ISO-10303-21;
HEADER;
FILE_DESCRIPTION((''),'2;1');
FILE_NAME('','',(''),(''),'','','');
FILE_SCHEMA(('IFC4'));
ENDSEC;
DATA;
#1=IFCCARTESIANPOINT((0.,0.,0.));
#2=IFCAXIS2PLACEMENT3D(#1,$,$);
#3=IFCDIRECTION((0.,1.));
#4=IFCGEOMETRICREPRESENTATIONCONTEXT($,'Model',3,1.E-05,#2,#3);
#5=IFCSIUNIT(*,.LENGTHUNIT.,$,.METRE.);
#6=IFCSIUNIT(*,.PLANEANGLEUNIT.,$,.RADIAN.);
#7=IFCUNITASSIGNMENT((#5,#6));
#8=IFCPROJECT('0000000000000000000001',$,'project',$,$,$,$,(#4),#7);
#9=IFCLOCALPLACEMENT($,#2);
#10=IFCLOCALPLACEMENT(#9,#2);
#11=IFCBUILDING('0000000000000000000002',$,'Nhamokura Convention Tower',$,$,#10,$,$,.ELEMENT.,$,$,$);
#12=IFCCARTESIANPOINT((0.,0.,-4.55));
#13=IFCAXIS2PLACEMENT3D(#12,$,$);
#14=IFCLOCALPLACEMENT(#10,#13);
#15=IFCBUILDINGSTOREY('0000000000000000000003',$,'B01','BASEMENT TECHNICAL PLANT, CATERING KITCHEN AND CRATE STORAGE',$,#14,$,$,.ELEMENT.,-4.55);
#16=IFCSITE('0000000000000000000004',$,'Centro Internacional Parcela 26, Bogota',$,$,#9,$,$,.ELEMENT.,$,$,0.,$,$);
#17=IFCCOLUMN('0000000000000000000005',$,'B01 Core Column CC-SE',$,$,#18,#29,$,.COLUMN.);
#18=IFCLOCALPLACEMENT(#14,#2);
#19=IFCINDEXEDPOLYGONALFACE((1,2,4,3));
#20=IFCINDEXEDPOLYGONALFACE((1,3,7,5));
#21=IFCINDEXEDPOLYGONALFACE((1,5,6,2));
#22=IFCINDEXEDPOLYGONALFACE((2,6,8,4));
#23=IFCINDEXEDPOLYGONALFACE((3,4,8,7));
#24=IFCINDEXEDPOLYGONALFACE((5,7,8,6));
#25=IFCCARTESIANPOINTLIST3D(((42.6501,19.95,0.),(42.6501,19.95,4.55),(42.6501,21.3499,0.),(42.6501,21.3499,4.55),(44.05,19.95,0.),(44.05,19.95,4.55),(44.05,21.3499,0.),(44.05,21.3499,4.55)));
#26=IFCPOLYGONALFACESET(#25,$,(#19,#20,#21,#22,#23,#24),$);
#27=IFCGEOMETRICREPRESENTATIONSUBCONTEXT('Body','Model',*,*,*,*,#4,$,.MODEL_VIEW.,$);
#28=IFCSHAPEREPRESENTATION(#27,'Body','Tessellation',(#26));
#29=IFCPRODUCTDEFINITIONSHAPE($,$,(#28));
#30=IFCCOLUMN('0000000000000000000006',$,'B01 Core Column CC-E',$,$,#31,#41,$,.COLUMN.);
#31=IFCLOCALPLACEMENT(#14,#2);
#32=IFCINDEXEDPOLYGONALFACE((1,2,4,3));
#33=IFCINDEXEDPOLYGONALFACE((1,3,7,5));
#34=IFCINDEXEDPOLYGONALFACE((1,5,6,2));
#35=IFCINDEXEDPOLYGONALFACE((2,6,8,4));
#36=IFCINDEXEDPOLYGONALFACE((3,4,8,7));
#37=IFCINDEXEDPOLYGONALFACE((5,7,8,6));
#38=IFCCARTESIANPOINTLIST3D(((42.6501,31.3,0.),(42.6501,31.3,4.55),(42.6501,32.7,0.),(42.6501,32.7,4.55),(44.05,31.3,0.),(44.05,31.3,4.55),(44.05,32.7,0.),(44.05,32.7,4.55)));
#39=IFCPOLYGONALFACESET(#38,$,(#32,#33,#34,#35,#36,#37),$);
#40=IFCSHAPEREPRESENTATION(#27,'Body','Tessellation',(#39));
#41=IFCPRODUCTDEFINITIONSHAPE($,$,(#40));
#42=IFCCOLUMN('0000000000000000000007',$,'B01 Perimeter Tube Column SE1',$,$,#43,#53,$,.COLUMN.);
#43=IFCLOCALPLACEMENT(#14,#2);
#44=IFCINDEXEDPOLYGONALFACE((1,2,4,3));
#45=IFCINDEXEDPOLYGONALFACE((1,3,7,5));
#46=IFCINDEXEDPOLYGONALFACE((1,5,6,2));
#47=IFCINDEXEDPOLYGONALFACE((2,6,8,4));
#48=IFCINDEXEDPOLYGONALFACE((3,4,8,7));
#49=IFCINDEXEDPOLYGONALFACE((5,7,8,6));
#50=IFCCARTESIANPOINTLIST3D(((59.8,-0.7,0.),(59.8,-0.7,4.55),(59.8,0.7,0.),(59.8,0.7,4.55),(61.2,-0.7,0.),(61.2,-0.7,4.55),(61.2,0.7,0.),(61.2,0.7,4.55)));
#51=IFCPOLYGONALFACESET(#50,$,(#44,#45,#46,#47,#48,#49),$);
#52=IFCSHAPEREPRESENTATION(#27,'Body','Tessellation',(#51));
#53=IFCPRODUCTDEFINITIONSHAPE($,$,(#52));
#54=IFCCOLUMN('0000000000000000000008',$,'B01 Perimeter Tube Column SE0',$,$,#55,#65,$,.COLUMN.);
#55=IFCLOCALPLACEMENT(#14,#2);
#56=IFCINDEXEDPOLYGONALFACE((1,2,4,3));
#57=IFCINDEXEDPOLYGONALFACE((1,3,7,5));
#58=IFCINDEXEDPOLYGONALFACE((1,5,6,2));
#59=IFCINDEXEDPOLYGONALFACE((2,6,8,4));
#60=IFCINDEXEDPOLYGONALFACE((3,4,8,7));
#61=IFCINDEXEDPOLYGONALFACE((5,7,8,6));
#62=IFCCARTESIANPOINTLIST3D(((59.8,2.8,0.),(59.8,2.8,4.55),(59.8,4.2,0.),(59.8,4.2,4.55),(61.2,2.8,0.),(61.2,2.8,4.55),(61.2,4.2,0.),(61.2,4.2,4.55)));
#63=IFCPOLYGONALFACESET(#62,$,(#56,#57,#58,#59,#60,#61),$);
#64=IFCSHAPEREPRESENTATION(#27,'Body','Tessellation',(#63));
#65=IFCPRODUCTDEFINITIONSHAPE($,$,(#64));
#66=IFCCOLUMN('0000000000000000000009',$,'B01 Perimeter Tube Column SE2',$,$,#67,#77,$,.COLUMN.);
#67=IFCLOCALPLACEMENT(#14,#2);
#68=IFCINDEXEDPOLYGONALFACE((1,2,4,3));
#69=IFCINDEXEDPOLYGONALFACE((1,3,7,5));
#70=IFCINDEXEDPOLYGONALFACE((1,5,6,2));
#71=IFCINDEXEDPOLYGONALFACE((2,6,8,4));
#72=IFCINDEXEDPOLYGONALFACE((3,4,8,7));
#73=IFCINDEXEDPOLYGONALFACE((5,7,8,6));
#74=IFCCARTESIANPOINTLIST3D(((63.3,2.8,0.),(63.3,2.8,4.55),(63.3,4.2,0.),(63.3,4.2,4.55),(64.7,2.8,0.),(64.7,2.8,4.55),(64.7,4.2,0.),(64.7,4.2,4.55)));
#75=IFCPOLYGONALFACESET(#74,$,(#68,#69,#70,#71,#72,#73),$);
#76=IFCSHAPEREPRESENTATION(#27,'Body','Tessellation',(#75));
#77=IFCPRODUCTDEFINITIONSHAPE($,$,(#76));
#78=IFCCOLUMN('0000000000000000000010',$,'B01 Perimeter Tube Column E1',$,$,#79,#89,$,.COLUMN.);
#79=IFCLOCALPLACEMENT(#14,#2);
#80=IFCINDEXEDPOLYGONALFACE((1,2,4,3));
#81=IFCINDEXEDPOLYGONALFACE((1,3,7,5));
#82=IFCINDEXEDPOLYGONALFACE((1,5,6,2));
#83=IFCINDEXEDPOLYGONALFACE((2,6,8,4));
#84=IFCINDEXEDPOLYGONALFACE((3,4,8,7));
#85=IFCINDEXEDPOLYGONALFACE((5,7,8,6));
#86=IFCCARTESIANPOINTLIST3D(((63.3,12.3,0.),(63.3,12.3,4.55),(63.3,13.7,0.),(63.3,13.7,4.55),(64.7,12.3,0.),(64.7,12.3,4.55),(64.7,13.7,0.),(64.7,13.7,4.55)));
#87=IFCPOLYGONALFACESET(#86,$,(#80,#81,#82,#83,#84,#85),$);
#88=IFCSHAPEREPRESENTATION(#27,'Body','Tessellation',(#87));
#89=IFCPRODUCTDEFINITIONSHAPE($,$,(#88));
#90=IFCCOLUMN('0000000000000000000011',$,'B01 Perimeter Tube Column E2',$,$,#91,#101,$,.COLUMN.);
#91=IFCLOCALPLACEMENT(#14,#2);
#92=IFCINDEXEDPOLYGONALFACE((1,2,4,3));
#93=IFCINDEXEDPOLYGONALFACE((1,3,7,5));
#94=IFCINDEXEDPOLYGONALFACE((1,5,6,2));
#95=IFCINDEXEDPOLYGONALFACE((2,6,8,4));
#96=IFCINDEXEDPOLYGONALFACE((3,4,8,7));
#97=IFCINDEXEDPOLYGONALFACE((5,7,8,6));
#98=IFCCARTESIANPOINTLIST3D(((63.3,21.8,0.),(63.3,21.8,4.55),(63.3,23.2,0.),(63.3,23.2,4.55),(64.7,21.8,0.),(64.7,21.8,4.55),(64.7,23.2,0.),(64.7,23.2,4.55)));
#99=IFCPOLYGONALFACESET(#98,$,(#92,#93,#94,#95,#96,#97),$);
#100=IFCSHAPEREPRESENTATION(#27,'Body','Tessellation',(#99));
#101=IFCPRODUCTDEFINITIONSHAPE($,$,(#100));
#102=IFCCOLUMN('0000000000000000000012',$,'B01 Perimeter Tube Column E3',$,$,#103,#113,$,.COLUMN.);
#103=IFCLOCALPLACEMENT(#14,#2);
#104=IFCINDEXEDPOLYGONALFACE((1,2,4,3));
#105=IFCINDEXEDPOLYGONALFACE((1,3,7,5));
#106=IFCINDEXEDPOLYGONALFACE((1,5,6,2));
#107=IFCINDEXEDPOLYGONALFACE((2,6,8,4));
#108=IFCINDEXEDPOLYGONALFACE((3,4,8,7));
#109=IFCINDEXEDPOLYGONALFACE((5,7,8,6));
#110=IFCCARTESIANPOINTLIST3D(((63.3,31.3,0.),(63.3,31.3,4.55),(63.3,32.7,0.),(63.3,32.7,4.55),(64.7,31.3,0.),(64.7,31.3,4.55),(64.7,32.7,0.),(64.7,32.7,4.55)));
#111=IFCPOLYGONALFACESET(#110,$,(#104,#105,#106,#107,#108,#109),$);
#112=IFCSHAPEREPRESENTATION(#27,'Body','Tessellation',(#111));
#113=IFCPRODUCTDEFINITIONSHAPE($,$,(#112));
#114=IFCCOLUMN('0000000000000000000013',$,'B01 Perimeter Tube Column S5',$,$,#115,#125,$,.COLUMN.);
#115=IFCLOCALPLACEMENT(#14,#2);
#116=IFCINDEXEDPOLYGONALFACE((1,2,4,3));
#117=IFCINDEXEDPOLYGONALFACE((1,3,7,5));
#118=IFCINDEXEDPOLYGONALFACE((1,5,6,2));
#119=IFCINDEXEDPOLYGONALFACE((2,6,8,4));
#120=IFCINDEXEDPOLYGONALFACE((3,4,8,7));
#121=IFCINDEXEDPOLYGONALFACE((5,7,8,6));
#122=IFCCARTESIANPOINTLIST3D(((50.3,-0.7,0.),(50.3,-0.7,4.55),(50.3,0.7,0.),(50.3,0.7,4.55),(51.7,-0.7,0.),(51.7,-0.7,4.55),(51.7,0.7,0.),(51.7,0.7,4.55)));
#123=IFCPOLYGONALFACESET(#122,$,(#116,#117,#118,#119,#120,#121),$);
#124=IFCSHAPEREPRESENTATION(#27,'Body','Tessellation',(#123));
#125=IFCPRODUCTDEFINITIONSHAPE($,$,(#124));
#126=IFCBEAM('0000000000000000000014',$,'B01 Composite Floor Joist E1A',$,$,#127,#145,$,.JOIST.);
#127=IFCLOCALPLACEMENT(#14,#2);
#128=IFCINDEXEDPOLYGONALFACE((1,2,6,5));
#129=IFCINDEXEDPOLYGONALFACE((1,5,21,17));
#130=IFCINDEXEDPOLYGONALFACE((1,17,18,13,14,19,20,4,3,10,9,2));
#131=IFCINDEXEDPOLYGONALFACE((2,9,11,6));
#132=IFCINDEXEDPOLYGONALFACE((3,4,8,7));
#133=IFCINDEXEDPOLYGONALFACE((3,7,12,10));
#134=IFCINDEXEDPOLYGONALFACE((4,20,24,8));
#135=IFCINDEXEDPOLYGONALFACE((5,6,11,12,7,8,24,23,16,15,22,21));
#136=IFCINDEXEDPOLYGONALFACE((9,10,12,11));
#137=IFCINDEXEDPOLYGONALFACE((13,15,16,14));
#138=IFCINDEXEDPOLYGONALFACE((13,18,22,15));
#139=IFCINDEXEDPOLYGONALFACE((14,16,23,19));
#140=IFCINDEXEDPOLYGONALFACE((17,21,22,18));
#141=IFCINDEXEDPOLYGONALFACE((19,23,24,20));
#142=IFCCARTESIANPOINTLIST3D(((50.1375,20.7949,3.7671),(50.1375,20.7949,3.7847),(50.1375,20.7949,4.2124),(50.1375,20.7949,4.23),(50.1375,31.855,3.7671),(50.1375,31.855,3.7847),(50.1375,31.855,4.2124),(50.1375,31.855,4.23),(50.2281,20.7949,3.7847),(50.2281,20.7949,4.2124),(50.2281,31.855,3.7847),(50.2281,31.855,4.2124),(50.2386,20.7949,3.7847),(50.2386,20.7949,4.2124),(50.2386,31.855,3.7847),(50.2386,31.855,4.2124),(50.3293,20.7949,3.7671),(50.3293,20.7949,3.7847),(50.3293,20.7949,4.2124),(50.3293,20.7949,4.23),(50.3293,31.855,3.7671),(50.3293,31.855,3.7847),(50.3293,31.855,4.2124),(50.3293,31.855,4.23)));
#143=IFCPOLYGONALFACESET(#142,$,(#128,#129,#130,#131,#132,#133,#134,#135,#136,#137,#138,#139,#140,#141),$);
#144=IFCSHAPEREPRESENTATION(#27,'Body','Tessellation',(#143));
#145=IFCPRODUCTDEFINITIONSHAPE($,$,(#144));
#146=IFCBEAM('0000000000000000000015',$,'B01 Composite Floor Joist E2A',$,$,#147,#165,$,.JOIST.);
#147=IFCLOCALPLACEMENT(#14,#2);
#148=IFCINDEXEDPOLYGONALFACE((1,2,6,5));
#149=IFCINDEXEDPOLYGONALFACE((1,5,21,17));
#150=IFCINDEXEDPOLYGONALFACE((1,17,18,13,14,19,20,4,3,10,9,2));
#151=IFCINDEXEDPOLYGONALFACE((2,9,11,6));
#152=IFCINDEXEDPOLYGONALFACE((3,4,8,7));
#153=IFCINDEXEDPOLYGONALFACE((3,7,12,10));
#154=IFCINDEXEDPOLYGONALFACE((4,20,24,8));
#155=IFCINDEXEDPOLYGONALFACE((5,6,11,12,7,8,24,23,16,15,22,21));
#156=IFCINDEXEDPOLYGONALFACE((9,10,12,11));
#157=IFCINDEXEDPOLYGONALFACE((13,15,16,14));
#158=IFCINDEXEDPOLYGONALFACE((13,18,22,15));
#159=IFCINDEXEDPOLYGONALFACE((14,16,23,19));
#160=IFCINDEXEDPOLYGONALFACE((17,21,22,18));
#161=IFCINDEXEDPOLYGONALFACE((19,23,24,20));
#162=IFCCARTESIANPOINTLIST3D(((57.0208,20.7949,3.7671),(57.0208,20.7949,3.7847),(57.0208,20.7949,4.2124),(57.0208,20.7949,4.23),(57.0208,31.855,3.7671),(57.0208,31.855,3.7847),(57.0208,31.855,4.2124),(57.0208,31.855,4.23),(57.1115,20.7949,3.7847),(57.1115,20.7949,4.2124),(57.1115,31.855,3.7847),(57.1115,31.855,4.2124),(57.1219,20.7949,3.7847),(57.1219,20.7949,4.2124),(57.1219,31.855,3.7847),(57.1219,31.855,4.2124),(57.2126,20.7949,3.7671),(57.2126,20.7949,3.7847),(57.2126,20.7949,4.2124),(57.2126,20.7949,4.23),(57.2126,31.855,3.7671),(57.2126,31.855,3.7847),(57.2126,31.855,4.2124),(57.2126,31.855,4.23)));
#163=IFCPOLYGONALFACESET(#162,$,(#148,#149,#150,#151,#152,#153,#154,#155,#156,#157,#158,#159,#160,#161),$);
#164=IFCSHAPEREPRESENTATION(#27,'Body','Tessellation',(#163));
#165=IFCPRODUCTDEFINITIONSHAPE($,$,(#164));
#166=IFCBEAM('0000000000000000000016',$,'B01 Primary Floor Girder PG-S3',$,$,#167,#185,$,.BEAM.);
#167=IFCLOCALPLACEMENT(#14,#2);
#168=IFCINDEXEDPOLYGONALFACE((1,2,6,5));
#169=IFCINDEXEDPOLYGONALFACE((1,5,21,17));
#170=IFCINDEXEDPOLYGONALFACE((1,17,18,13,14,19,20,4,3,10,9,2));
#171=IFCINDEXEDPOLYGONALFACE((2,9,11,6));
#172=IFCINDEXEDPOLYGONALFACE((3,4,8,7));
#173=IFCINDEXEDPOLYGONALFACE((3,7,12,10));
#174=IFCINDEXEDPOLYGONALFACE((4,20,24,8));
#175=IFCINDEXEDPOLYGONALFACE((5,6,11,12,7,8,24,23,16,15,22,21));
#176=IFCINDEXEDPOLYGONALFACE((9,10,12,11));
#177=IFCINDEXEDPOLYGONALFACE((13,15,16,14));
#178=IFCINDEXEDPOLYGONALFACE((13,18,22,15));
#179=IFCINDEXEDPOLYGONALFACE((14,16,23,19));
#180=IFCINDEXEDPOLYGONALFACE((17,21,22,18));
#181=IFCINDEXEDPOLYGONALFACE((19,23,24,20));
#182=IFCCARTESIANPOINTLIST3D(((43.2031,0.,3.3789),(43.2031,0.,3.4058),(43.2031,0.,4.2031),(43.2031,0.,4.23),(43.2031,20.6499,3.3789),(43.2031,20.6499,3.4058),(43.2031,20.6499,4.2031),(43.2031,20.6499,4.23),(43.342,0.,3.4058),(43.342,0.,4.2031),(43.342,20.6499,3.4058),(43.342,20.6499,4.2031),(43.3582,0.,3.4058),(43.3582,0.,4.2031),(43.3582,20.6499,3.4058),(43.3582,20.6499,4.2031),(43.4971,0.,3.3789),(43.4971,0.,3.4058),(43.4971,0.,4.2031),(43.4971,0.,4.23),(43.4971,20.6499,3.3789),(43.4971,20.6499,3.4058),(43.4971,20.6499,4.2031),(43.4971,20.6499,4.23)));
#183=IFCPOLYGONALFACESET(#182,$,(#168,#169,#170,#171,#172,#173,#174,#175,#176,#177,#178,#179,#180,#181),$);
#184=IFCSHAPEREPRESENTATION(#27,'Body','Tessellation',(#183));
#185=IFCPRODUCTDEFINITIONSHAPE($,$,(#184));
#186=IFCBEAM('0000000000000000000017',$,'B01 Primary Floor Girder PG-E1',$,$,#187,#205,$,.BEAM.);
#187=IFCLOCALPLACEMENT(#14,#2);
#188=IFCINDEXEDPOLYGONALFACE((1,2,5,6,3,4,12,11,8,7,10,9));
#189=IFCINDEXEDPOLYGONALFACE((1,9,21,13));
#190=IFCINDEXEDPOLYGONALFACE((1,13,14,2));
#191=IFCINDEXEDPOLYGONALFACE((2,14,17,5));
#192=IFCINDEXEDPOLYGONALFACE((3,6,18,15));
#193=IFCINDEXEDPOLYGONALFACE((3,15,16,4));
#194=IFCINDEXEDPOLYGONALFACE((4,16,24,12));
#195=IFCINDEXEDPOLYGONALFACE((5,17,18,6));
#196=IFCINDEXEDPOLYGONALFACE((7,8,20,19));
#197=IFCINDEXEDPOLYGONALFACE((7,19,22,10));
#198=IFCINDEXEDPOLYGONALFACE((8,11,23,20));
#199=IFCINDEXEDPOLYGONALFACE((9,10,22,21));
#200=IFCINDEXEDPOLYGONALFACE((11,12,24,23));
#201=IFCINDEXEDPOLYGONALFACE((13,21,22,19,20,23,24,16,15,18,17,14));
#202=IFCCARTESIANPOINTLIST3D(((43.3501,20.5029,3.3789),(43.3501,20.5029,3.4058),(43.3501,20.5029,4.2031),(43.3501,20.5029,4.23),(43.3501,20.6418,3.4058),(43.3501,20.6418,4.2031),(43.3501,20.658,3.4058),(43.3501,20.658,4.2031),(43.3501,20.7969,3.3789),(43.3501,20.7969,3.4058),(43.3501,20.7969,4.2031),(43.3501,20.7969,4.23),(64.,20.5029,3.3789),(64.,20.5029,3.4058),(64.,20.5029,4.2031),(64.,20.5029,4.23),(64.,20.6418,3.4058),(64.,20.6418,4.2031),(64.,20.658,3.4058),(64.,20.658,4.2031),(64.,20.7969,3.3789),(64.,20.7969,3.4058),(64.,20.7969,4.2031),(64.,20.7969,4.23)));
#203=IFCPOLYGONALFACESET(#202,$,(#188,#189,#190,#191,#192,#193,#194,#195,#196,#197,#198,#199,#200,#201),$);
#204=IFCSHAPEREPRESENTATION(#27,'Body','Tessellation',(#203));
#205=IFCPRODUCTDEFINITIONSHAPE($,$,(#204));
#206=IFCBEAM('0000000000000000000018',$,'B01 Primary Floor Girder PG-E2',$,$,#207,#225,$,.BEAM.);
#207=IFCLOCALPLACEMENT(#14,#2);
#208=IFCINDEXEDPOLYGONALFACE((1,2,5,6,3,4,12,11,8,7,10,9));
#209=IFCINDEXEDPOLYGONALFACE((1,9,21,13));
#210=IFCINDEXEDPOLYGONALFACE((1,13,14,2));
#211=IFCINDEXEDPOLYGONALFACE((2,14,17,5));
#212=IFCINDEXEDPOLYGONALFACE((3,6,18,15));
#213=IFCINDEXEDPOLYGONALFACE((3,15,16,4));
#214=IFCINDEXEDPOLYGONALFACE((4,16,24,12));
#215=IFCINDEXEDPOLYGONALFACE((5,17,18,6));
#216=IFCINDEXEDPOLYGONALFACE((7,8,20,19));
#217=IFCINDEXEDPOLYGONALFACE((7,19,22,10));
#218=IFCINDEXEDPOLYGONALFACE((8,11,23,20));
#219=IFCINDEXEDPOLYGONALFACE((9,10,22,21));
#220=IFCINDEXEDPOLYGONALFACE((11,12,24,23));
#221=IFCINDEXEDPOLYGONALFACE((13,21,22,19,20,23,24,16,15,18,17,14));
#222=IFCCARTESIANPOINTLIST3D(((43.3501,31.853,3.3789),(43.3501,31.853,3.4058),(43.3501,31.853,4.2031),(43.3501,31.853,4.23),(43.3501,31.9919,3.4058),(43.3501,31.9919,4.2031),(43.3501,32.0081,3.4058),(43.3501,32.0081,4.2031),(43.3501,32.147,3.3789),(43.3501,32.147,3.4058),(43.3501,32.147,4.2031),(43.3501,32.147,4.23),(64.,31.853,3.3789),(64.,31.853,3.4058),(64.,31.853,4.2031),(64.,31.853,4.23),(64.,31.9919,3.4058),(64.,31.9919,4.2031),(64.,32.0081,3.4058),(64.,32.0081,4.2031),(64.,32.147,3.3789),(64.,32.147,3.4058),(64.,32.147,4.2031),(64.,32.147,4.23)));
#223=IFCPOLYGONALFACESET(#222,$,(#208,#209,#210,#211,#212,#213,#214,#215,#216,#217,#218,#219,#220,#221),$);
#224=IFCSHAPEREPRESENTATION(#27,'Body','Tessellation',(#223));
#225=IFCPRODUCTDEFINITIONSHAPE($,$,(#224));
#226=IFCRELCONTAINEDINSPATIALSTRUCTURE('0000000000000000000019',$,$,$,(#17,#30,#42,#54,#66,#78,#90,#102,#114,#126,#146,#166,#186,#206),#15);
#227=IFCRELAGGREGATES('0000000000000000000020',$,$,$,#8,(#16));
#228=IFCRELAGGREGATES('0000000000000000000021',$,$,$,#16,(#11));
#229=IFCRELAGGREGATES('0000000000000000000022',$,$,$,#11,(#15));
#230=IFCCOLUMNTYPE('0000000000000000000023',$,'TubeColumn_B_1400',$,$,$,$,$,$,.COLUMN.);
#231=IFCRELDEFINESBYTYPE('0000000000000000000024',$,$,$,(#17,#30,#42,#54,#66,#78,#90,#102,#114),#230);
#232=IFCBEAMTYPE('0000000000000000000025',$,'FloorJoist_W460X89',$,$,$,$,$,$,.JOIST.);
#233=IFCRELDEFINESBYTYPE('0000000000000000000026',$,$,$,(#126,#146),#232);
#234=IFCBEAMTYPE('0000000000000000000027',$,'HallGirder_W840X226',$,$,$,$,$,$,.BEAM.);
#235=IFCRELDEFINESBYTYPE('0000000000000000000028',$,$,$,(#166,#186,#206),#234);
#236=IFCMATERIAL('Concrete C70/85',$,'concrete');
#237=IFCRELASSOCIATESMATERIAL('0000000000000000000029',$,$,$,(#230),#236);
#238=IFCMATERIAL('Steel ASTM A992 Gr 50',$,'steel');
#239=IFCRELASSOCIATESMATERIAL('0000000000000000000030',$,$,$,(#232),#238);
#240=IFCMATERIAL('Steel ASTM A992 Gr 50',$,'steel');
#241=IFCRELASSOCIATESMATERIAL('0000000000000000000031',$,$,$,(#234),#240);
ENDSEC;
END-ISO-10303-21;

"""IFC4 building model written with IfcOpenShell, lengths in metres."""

from ifc_helpers import new_model, si_unit, direction, frame, origin, origin_2d, place, context, subcontext, project, spatial, rectangle, i_section, extrude, material, material_profile, profile_set, type_object, element, save


model = new_model("IFC4")

# Units and contexts
model_context = context("Model", 3, precision=1e-05, world=origin(), true_north=direction((0.0, 1.0)))
body_context = subcontext(model_context, "Body", "Model", "MODEL_VIEW")
ifc_project = project(units=[si_unit("LENGTHUNIT", "METRE"), si_unit("PLANEANGLEUNIT", "RADIAN")], contexts=[model_context])

# Site, building, storey
site_placement = place(None, origin())
site = spatial("IfcSite", under=ifc_project, at=site_placement, Name="Centro Internacional Parcela 26, Bogota", CompositionType="ELEMENT", RefElevation=0.0)
building_placement = place(site_placement, origin())
building = spatial("IfcBuilding", under=site, at=building_placement, Name="Nhamokura Convention Tower", CompositionType="ELEMENT")
storey_placement = place(building_placement, frame((0.0, 0.0, -4.55)))
storey = spatial("IfcBuildingStorey", under=building, at=storey_placement, Name="B01", Description="BASEMENT TECHNICAL PLANT, CATERING KITCHEN AND CRATE STORAGE", CompositionType="ELEMENT", Elevation=-4.55)

# Columns
ifc_material_1 = material(Name="Concrete C70/85", Category="concrete")
ifc_material_profile_1 = material_profile(ifc_material_1, rectangle(XDim=1.3999, YDim=1.3999, at=origin_2d()))
ifc_profile_set_1 = profile_set([ifc_material_profile_1], Name="Concrete C70/85")
column_type = type_object("IfcColumnType", Name="TubeColumn_B_1400", PredefinedType="COLUMN", material=ifc_profile_set_1)
for number, where, z_axis, x_axis, name in (
    (1, (43.3501, 20.6499, 0.0), (0.0, 0.0, 1.0), (1.0, 0.0, 0.0), "B01 Core Column CC-SE"),
    (2, (43.3501, 32.0, 0.0), (0.0, 0.0, 1.0), (1.0, 0.0, 0.0), "B01 Core Column CC-E"),
    (3, (60.5, 0.0, 0.0), (0.0, 0.0, 1.0), (1.0, 0.0, 0.0), "B01 Perimeter Tube Column SE1"),
    (4, (60.5, 3.5, 0.0), (0.0, 0.0, 1.0), (1.0, 0.0, 0.0), "B01 Perimeter Tube Column SE0"),
    (5, (64.0, 3.5, 0.0), (0.0, 0.0, 1.0), (1.0, 0.0, 0.0), "B01 Perimeter Tube Column SE2"),
    (6, (64.0, 13.0, 0.0), (0.0, 0.0, 1.0), (1.0, 0.0, 0.0), "B01 Perimeter Tube Column E1"),
    (7, (64.0, 22.5, 0.0), (0.0, 0.0, 1.0), (1.0, 0.0, 0.0), "B01 Perimeter Tube Column E2"),
    (8, (64.0, 32.0, 0.0), (0.0, 0.0, 1.0), (1.0, 0.0, 0.0), "B01 Perimeter Tube Column E3"),
    (9, (51.0, 0.0, 0.0), (0.0, 0.0, 1.0), (1.0, 0.0, 0.0), "B01 Perimeter Tube Column S5"),
):
    element("IfcColumn", number, at=place(storey_placement, frame(where, z_axis=z_axis, x_axis=x_axis)), inside=storey, type_object=column_type, Name=name, PredefinedType="COLUMN", context=body_context, shape_type="SweptSolid", body=[
        extrude(rectangle(XDim=1.3999, YDim=1.3999, at=origin_2d()), origin(), (0.0, 0.0, 1.0), 4.55),
    ])

# Beams
ifc_material_2 = material(Name="Steel ASTM A992 Gr 50", Category="steel")
ifc_material_profile_2 = material_profile(ifc_material_2, i_section(OverallWidth=0.1919, OverallDepth=0.4629, WebThickness=0.0105, FlangeThickness=0.0176, at=origin_2d()))
ifc_profile_set_2 = profile_set([ifc_material_profile_2], Name="Steel ASTM A992 Gr 50")
beam_type_1 = type_object("IfcBeamType", Name="FloorJoist_W460X89", PredefinedType="JOIST", material=ifc_profile_set_2)
for number, where, z_axis, x_axis, name in (
    (10, (50.2334, 20.7949, 3.9985), (0.0, 1.0, 0.0), (-1.0, 0.0, 0.0), "B01 Composite Floor Joist E1A"),
    (11, (57.1167, 20.7949, 3.9985), (0.0, 1.0, 0.0), (-1.0, 0.0, 0.0), "B01 Composite Floor Joist E2A"),
):
    element("IfcBeam", number, at=place(storey_placement, frame(where, z_axis=z_axis, x_axis=x_axis)), inside=storey, type_object=beam_type_1, Name=name, PredefinedType="JOIST", context=body_context, shape_type="SweptSolid", body=[
        extrude(i_section(OverallWidth=0.1919, OverallDepth=0.4629, WebThickness=0.0105, FlangeThickness=0.0176, at=origin_2d()), origin(), (0.0, 0.0, 1.0), 11.0601),
    ])
ifc_material_3 = material(Name="Steel ASTM A992 Gr 50", Category="steel")
ifc_material_profile_3 = material_profile(ifc_material_3, i_section(OverallWidth=0.2939, OverallDepth=0.8511, WebThickness=0.0161, FlangeThickness=0.0269, at=origin_2d()))
ifc_profile_set_3 = profile_set([ifc_material_profile_3], Name="Steel ASTM A992 Gr 50")
beam_type_2 = type_object("IfcBeamType", Name="HallGirder_W840X226", PredefinedType="BEAM", material=ifc_profile_set_3)
for number, where, z_axis, x_axis, name in (
    (12, (43.3501, 0.0, 3.8044), (0.0, 1.0, 0.0), (-1.0, 0.0, 0.0), "B01 Primary Floor Girder PG-S3"),
    (13, (43.3501, 20.6499, 3.8044), (1.0, 0.0, 0.0), (0.0, 1.0, 0.0), "B01 Primary Floor Girder PG-E1"),
    (14, (43.3501, 32.0, 3.8044), (1.0, 0.0, 0.0), (0.0, 1.0, 0.0), "B01 Primary Floor Girder PG-E2"),
):
    element("IfcBeam", number, at=place(storey_placement, frame(where, z_axis=z_axis, x_axis=x_axis)), inside=storey, type_object=beam_type_2, Name=name, PredefinedType="BEAM", context=body_context, shape_type="SweptSolid", body=[
        extrude(i_section(OverallWidth=0.2939, OverallDepth=0.8511, WebThickness=0.0161, FlangeThickness=0.0269, at=origin_2d()), origin(), (0.0, 0.0, 1.0), 20.6499),
    ])

save(model, "model.ifc")
